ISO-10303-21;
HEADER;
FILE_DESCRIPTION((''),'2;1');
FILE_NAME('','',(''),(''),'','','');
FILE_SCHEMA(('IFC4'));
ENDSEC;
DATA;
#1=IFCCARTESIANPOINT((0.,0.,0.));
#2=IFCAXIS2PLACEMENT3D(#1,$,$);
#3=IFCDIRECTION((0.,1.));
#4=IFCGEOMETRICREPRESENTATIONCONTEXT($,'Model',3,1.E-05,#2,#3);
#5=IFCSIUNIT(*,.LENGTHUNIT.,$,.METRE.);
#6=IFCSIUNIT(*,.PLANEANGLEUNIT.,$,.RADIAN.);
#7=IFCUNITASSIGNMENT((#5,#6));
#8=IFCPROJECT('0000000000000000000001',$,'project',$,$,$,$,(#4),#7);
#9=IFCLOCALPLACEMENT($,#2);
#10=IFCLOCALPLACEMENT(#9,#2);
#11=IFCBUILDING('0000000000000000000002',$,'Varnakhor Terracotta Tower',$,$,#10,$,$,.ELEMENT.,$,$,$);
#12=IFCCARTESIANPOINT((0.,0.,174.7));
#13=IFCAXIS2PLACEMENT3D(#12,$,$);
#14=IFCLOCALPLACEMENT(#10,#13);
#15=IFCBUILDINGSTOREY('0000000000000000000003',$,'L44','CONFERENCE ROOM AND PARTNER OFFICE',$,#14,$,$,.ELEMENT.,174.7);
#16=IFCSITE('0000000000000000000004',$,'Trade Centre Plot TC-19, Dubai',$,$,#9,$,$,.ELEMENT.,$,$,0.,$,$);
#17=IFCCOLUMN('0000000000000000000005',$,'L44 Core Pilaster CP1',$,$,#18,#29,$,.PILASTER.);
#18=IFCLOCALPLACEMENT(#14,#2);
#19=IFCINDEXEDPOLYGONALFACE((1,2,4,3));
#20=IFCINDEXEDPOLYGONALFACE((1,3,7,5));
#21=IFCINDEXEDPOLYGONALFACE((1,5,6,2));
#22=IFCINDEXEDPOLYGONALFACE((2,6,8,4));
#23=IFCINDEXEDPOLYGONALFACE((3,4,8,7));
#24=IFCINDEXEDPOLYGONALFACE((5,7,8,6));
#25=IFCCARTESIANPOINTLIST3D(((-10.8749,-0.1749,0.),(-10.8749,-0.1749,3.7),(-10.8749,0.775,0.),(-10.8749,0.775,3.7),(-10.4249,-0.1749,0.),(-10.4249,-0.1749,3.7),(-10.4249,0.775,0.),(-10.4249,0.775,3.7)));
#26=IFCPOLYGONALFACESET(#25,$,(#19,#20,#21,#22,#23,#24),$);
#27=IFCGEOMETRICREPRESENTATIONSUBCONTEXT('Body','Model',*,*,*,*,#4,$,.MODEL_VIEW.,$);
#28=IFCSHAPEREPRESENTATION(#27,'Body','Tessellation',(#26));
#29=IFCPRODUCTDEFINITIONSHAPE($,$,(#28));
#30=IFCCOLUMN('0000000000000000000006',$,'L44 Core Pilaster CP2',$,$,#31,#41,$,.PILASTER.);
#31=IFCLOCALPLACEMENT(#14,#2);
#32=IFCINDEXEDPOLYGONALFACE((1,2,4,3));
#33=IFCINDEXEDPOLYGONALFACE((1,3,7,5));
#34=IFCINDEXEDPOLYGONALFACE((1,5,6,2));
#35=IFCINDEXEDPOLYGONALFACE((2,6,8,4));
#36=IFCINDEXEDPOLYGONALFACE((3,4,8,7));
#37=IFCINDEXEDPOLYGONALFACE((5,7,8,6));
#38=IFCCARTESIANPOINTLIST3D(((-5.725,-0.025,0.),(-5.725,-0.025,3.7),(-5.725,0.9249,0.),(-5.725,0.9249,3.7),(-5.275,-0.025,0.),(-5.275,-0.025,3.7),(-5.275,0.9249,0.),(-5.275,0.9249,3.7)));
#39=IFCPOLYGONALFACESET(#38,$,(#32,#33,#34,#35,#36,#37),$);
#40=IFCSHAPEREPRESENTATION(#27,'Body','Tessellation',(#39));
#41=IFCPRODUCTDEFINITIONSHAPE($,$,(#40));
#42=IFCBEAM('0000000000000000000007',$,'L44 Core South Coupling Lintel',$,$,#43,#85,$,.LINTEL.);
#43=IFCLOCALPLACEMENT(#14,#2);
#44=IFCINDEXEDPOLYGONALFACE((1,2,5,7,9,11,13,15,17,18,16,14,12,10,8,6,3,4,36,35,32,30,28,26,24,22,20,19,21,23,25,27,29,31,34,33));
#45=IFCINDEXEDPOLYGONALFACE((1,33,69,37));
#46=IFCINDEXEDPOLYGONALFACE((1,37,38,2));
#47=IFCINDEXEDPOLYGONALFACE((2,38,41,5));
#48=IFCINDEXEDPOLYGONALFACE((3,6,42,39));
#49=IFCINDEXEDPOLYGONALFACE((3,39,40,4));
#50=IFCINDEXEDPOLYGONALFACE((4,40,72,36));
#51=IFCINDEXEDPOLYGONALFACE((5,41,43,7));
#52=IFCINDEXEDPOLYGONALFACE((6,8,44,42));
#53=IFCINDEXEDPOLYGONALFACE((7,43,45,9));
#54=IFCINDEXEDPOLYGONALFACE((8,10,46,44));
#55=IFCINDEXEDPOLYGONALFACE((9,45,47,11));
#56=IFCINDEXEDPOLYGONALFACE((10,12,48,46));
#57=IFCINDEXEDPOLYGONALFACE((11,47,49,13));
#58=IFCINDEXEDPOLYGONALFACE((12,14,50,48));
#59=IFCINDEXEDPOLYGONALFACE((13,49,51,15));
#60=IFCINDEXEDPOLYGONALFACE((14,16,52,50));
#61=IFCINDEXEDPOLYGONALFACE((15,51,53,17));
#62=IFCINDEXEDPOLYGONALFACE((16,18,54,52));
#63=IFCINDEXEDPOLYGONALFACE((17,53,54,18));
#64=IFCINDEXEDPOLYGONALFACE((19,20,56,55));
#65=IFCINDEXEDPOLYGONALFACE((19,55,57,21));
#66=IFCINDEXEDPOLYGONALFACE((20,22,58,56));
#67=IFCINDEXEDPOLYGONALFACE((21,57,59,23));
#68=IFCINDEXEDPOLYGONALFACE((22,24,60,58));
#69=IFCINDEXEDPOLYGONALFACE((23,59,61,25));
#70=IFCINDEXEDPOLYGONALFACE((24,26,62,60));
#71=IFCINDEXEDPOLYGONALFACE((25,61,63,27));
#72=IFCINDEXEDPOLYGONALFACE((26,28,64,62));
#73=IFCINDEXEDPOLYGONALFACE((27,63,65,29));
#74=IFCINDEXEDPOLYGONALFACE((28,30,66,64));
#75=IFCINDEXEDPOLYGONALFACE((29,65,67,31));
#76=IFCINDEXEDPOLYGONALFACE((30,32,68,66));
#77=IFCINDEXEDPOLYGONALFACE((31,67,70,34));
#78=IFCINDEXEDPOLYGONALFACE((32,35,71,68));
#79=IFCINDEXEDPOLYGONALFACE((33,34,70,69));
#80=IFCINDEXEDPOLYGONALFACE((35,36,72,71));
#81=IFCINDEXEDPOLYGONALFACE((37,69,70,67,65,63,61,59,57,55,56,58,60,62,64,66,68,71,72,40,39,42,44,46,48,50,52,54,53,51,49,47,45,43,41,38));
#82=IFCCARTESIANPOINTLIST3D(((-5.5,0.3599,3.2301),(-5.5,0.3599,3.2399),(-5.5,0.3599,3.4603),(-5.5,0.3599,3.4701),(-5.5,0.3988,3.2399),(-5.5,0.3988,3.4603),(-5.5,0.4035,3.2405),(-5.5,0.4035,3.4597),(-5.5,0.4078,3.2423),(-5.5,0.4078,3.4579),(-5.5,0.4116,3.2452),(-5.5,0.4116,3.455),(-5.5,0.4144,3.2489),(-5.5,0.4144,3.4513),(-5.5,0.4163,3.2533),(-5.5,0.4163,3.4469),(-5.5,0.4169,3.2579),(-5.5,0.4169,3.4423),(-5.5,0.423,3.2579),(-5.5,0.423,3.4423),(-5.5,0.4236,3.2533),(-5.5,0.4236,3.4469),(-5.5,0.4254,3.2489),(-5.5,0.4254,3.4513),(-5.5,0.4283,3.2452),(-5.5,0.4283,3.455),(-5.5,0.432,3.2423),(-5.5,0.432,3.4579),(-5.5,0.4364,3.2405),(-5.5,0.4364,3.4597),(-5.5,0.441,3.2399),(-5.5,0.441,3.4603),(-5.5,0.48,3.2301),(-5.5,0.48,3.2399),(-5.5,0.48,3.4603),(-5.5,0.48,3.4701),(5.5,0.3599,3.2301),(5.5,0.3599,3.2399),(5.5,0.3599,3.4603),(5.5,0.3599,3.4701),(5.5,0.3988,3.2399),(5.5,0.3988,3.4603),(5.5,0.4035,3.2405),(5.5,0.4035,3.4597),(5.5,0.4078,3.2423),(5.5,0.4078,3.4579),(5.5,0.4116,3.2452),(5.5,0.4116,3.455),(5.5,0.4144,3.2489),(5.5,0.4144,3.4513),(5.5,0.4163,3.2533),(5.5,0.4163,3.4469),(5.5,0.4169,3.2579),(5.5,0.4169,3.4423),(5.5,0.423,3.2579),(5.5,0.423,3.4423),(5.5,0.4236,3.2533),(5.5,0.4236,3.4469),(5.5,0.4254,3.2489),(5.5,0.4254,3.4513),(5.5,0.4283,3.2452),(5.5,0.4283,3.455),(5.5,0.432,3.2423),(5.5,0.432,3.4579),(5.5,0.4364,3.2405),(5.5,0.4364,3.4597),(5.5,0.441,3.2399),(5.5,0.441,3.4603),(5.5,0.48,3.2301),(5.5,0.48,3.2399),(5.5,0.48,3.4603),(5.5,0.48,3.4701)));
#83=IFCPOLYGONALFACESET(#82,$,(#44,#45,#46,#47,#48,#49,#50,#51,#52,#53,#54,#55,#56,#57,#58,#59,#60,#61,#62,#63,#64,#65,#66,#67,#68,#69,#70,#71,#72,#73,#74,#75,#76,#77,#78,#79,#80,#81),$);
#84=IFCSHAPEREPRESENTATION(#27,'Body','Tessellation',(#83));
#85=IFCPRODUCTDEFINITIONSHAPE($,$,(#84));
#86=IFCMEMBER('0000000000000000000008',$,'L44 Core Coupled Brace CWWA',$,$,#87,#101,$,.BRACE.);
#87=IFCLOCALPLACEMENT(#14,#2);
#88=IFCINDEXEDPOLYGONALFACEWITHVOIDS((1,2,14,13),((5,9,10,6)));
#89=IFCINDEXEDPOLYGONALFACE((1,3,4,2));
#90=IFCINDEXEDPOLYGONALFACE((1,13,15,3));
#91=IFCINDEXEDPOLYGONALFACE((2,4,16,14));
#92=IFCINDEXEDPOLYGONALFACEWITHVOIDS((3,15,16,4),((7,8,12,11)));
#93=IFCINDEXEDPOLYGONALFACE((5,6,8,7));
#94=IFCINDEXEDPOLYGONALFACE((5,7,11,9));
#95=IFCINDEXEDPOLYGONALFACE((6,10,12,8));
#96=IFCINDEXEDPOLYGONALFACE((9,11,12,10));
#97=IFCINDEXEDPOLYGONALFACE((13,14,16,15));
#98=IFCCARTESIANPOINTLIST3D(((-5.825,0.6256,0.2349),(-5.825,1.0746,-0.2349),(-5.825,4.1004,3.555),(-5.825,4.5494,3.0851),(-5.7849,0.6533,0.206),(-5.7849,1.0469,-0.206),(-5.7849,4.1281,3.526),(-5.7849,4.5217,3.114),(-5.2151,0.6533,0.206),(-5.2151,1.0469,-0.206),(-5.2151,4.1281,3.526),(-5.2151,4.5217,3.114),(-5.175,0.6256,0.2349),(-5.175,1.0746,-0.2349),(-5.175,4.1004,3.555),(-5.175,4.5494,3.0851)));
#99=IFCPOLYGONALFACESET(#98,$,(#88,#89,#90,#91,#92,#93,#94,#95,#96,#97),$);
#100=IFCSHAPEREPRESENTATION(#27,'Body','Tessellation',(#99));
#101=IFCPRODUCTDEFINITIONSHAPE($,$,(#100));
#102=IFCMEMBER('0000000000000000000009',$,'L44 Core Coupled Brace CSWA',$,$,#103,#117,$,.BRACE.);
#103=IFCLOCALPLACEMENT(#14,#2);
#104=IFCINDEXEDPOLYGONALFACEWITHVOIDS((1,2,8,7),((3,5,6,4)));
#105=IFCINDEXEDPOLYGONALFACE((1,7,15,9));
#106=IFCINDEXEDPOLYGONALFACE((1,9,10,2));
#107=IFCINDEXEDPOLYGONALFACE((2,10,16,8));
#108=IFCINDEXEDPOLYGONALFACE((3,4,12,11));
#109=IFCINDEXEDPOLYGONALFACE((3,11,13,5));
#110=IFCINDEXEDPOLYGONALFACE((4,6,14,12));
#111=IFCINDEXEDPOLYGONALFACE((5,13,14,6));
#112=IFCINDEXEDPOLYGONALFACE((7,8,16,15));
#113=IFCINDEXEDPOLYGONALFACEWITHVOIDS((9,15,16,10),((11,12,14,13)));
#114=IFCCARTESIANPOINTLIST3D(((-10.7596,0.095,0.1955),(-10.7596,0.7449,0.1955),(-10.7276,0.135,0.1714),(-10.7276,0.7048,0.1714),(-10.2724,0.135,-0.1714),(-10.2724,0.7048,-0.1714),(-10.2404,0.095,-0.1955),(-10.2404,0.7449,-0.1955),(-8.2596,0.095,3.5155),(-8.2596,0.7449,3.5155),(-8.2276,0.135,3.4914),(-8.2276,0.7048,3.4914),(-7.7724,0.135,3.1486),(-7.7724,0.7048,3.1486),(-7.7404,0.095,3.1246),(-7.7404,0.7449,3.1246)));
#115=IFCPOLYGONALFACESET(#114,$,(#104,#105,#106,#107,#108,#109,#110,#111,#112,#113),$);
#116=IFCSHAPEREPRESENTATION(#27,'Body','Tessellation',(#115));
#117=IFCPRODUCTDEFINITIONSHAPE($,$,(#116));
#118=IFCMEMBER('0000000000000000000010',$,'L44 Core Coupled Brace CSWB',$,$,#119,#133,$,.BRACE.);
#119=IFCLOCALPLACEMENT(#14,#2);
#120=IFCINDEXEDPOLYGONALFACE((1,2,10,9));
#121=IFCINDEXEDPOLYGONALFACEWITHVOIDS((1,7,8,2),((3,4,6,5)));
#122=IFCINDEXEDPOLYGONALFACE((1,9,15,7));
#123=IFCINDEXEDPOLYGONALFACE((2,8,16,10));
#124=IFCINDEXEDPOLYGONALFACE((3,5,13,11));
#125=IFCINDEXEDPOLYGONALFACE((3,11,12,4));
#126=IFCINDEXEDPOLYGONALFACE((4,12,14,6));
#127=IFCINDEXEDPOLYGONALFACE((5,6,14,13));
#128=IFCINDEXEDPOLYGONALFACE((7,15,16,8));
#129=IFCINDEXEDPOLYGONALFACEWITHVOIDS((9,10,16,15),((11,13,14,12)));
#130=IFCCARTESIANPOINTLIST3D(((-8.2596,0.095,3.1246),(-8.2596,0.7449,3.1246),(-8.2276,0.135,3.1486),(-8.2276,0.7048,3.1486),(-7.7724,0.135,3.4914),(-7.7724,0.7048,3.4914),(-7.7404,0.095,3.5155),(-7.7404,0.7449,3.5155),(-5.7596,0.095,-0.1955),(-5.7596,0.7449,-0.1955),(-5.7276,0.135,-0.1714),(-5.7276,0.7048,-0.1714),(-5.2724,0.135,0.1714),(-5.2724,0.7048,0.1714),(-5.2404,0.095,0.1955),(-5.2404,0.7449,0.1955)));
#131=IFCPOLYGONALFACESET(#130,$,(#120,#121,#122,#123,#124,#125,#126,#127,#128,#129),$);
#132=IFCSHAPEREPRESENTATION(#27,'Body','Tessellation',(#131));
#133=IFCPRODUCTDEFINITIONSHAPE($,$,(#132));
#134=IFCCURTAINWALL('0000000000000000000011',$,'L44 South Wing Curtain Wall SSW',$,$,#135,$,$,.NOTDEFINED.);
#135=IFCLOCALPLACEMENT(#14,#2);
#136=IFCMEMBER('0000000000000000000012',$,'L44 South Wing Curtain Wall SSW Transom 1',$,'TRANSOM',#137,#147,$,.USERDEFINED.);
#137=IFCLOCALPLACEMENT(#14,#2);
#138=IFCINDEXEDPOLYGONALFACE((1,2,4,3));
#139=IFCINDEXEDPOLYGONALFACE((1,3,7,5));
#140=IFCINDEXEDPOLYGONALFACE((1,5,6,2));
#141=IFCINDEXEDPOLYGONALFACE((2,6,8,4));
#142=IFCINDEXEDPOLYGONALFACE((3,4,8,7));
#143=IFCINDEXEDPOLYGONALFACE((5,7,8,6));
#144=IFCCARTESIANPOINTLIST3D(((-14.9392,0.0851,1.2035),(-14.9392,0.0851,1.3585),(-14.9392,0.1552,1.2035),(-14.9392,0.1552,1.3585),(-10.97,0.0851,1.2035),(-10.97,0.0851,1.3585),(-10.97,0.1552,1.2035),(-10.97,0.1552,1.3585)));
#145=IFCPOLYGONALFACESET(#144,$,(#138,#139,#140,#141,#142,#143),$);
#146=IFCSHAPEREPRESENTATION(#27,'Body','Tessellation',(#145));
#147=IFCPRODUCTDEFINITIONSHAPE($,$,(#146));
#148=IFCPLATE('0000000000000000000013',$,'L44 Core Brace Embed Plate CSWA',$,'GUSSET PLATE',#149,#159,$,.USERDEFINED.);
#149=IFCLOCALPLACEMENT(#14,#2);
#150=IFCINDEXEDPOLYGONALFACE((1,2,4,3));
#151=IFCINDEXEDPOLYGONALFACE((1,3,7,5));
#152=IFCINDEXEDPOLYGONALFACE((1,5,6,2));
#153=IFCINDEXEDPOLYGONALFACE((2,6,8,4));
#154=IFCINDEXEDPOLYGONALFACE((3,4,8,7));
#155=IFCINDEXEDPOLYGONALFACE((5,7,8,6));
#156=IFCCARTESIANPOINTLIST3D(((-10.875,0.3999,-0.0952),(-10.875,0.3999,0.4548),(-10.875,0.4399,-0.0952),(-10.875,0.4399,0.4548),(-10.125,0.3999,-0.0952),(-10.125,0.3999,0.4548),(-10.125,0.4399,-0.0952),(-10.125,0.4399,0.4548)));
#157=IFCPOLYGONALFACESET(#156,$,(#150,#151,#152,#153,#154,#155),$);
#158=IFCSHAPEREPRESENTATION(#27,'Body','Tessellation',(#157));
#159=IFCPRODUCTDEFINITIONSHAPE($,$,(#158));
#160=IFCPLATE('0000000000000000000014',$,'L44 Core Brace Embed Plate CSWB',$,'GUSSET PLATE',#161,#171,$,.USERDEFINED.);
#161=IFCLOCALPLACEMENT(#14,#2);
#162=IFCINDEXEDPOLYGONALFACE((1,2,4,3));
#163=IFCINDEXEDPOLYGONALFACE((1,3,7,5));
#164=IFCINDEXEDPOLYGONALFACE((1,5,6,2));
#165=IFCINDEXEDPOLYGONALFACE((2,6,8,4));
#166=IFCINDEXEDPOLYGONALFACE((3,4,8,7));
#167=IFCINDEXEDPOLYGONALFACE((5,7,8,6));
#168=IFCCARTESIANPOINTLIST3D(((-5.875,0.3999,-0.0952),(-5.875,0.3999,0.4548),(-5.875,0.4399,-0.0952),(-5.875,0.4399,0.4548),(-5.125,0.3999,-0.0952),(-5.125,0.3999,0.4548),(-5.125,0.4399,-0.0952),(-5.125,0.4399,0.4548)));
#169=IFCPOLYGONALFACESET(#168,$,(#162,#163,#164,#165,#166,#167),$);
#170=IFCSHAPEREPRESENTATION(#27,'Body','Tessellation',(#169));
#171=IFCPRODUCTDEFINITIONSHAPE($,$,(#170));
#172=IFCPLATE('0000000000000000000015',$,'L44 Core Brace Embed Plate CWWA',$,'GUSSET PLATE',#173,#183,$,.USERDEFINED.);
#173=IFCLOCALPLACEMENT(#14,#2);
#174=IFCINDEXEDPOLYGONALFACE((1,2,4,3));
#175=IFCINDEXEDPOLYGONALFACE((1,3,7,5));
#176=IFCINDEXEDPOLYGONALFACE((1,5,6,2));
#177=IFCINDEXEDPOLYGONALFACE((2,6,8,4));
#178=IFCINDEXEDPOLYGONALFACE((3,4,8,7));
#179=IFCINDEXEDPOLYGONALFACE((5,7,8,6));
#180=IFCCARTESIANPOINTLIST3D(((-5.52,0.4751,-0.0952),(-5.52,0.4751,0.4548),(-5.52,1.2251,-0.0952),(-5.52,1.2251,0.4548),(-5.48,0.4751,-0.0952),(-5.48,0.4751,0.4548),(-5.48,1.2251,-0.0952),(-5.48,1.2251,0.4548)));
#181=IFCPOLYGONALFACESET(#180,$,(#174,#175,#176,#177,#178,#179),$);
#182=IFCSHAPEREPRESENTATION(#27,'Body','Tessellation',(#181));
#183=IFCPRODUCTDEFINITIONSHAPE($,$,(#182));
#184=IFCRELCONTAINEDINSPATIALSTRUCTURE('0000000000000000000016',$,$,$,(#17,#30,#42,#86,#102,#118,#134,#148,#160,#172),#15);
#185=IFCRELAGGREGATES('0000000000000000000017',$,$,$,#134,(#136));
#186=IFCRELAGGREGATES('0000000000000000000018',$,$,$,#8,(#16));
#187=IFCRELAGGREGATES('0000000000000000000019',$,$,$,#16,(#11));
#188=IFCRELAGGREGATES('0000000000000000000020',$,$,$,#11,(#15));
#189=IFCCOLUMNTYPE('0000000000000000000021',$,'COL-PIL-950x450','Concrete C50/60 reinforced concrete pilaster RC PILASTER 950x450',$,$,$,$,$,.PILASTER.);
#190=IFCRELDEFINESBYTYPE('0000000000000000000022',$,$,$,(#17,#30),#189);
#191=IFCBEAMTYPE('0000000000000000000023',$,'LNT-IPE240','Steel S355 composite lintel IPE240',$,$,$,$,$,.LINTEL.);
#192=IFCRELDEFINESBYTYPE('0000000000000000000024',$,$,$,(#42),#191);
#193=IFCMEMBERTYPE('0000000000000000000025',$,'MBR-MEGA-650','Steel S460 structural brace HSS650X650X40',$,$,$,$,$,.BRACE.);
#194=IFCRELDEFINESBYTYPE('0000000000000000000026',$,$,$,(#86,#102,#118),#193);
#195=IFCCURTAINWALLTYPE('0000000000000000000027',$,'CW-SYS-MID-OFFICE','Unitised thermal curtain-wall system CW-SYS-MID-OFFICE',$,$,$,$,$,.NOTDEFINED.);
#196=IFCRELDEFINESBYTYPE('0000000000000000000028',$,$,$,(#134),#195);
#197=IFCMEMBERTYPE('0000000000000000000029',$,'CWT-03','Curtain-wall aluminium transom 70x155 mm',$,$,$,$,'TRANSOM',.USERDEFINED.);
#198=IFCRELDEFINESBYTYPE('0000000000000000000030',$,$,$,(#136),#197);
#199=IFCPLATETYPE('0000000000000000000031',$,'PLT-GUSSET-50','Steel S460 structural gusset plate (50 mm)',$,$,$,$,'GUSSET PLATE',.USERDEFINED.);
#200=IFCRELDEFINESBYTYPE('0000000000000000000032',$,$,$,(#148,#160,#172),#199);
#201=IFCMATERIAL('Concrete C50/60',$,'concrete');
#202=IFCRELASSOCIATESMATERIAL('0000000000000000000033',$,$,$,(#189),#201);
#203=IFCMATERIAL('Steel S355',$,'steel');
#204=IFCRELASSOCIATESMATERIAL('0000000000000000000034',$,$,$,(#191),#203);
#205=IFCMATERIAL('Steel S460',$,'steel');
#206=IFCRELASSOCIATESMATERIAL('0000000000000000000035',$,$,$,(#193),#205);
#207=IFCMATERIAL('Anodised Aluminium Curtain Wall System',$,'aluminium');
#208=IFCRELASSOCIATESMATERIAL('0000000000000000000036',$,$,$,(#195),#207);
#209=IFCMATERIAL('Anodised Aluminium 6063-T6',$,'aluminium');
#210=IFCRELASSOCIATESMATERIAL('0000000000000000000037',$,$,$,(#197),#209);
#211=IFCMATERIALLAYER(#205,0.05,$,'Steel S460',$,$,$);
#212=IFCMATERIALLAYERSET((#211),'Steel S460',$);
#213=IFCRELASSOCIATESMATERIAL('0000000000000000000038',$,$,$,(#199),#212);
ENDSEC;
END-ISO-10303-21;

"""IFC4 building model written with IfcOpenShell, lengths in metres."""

from ifc_helpers import new_model, si_unit, direction, frame, origin, origin_2d, place, context, subcontext, project, spatial, rectangle, hollow_rectangle, i_section, extrude, source, transform, mapped, material, layer, layer_set, material_profile, profile_set, type_object, type_shapes, element, aggregate, save


model = new_model("IFC4")

# Units and contexts
model_context = context("Model", 3, precision=1e-05, world=origin(), true_north=direction((0.0, 1.0)))
body_context = subcontext(model_context, "Body", "Model", "MODEL_VIEW")
ifc_project = project(units=[si_unit("LENGTHUNIT", "METRE"), si_unit("PLANEANGLEUNIT", "RADIAN")], contexts=[model_context])

# Site, building, storey
site_placement = place(None, origin())
site = spatial("IfcSite", under=ifc_project, at=site_placement, Name="Trade Centre Plot TC-19, Dubai", CompositionType="ELEMENT", RefElevation=0.0)
building_placement = place(site_placement, origin())
building = spatial("IfcBuilding", under=site, at=building_placement, Name="Varnakhor Terracotta Tower", CompositionType="ELEMENT")
storey_placement = place(building_placement, frame((0.0, 0.0, 174.7)))
storey = spatial("IfcBuildingStorey", under=building, at=storey_placement, Name="L44", Description="CONFERENCE ROOM AND PARTNER OFFICE", CompositionType="ELEMENT", Elevation=174.7)

# Columns
ifc_material_1 = material(Name="Concrete C50/60", Category="concrete")
ifc_material_profile_1 = material_profile(ifc_material_1, rectangle(XDim=0.45, YDim=0.95, at=origin_2d()), Name="RC PILASTER 950x450")
ifc_profile_set_1 = profile_set([ifc_material_profile_1], Name="Concrete C50/60")
column_type = type_object("IfcColumnType", Name="COL-PIL-950x450", Description="Concrete C50/60 reinforced concrete pilaster RC PILASTER 950x450", PredefinedType="PILASTER", material=ifc_profile_set_1)
shared_shape_1 = source(origin(), body_context, "Body", "SweptSolid", [
    extrude(rectangle(XDim=0.45, YDim=0.95, at=origin_2d()), origin(), (0.0, 0.0, 1.0), 3.7),
])
for number, where, z_axis, x_axis, name in (
    (1, (-10.6499, 0.3, 0.0), (0.0, 0.0, 1.0), (1.0, 0.0, 0.0), "L44 Core Pilaster CP1"),
    (2, (-5.5, 0.45, 0.0), (0.0, 0.0, 1.0), (1.0, 0.0, 0.0), "L44 Core Pilaster CP2"),
):
    element("IfcColumn", number, at=place(storey_placement, frame(where, z_axis=z_axis, x_axis=x_axis)), inside=storey, type_object=column_type, Name=name, PredefinedType="PILASTER", context=body_context, shape_type="MappedRepresentation", body=[
        mapped(shared_shape_1, transform((0.0, 0.0, 0.0), scale=1.0)),
    ])

# Beam
ifc_material_2 = material(Name="Steel S355", Category="steel")
ifc_material_profile_2 = material_profile(ifc_material_2, i_section(OverallWidth=0.1201, OverallDepth=0.24, WebThickness=0.0061, FlangeThickness=0.0098, FilletRadius=0.0181, at=origin_2d()), Name="IPE240")
ifc_profile_set_2 = profile_set([ifc_material_profile_2], Name="Steel S355")
beam_type = type_object("IfcBeamType", Name="LNT-IPE240", Description="Steel S355 composite lintel IPE240", PredefinedType="LINTEL", material=ifc_profile_set_2)
shared_shape_2 = source(origin(), body_context, "Body", "SweptSolid", [
    extrude(i_section(OverallWidth=0.1201, OverallDepth=0.24, WebThickness=0.0061, FlangeThickness=0.0098, FilletRadius=0.0181, at=origin_2d()), origin(), (0.0, 0.0, 1.0), 11.0),
])
type_shapes(beam_type, [shared_shape_2])
beam_placement = place(storey_placement, frame((-5.5, 0.4199, 3.3501), z_axis=(1.0, 0.0, 0.0), x_axis=(0.0, 1.0, 0.0)))
element("IfcBeam", 3, at=beam_placement, inside=storey, type_object=beam_type, Name="L44 Core South Coupling Lintel", PredefinedType="LINTEL", context=body_context, shape_type="MappedRepresentation", body=[
    mapped(shared_shape_2, transform((0.0, 0.0, 0.0), scale=1.0)),
])

# Members
ifc_material_3 = material(Name="Steel S460", Category="steel")
ifc_material_profile_3 = material_profile(ifc_material_3, hollow_rectangle(XDim=0.6499, YDim=0.6499, WallThickness=0.04, at=origin_2d()), Name="HSS650X650X40")
ifc_profile_set_3 = profile_set([ifc_material_profile_3], Name="Steel S460")
member_type_1 = type_object("IfcMemberType", Name="MBR-MEGA-650", Description="Steel S460 structural brace HSS650X650X40", PredefinedType="BRACE", material=ifc_profile_set_3)
shared_shape_3 = source(origin(), body_context, "Body", "SweptSolid", [
    extrude(hollow_rectangle(XDim=0.6499, YDim=0.6499, WallThickness=0.04, at=origin_2d()), origin(), (0.0, 0.0, 1.0), 4.8059),
])
member_1_placement = place(storey_placement, frame((-5.5, 0.8501, 0.0), z_axis=(0.0, 0.723027, 0.69082), x_axis=(-1.0, 0.0, 0.0)))
element("IfcMember", 4, at=member_1_placement, inside=storey, type_object=member_type_1, Name="L44 Core Coupled Brace CWWA", PredefinedType="BRACE", context=body_context, shape_type="MappedRepresentation", body=[
    mapped(shared_shape_3, transform((0.0, 0.0, 0.0), scale=1.0)),
])
shared_shape_4 = source(origin(), body_context, "Body", "SweptSolid", [
    extrude(hollow_rectangle(XDim=0.6499, YDim=0.6499, WallThickness=0.04, at=origin_2d()), origin(), (0.0, 0.0, 1.0), 4.156),
])
for number, where, z_axis, x_axis, name in (
    (5, (-10.5, 0.4199, 0.0), (0.601531, 0.0, 0.79885), (0.0, 1.0, 0.0), "L44 Core Coupled Brace CSWA"),
    (6, (-5.5, 0.4199, 0.0), (-0.601531, 0.0, 0.79885), (0.0, -1.0, 0.0), "L44 Core Coupled Brace CSWB"),
):
    element("IfcMember", number, at=place(storey_placement, frame(where, z_axis=z_axis, x_axis=x_axis)), inside=storey, type_object=member_type_1, Name=name, PredefinedType="BRACE", context=body_context, shape_type="MappedRepresentation", body=[
        mapped(shared_shape_4, transform((0.0, 0.0, 0.0), scale=1.0)),
    ])

# Curtain wall, member
ifc_material_4 = material(Name="Anodised Aluminium Curtain Wall System", Category="aluminium")
curtain_wall_type = type_object("IfcCurtainWallType", Name="CW-SYS-MID-OFFICE", Description="Unitised thermal curtain-wall system CW-SYS-MID-OFFICE", PredefinedType="NOTDEFINED", material=ifc_material_4)
curtain_wall_placement = place(storey_placement, origin())
curtain_wall = element("IfcCurtainWall", 7, at=curtain_wall_placement, inside=storey, type_object=curtain_wall_type, Name="L44 South Wing Curtain Wall SSW", PredefinedType="NOTDEFINED")
ifc_material_5 = material(Name="Anodised Aluminium 6063-T6", Category="aluminium")
ifc_material_profile_4 = material_profile(ifc_material_5, rectangle(XDim=0.0701, YDim=0.155, at=origin_2d()), Name="ALU TRANSOM 70x155")
ifc_profile_set_4 = profile_set([ifc_material_profile_4], Name="Anodised Aluminium 6063-T6")
member_type_2 = type_object("IfcMemberType", Name="CWT-03", Description="Curtain-wall aluminium transom 70x155 mm", ElementType="TRANSOM", PredefinedType="USERDEFINED", material=ifc_profile_set_4)
shared_shape_5 = source(origin(), body_context, "Body", "SweptSolid", [
    extrude(rectangle(XDim=0.0701, YDim=0.155, at=origin_2d()), origin(), (0.0, 0.0, 1.0), 3.9692),
])
member_2_placement = place(storey_placement, frame((-10.97, 0.1201, 1.281), z_axis=(-1.0, 0.0, 0.0), x_axis=(0.0, -1.0, 0.0)))
member_2 = element("IfcMember", 8, at=member_2_placement, type_object=member_type_2, Name="L44 South Wing Curtain Wall SSW Transom 1", ObjectType="TRANSOM", PredefinedType="USERDEFINED", context=body_context, shape_type="MappedRepresentation", body=[
    mapped(shared_shape_5, transform((0.0, 0.0, 0.0), scale=1.0)),
])
aggregate(curtain_wall, [member_2])

# Plates
ifc_layer_1 = layer(ifc_material_3, 0.05, Name="Steel S460")
ifc_layer_set_1 = layer_set([ifc_layer_1], Name="Steel S460")
plate_type = type_object("IfcPlateType", Name="PLT-GUSSET-50", Description="Steel S460 structural gusset plate (50 mm)", ElementType="GUSSET PLATE", PredefinedType="USERDEFINED", material=ifc_layer_set_1)
shared_shape_6 = source(origin(), body_context, "Body", "SweptSolid", [
    extrude(rectangle(XDim=0.75, YDim=0.04, at=origin_2d()), origin(), (0.0, 0.0, 1.0), 0.55),
])
type_shapes(plate_type, [shared_shape_6])
for number, where, z_axis, x_axis, name in (
    (9, (-10.5, 0.4199, -0.0952), (0.0, 0.0, 1.0), (1.0, 0.0, 0.0), "L44 Core Brace Embed Plate CSWA"),
    (10, (-5.5, 0.4199, -0.0952), (0.0, 0.0, 1.0), (1.0, 0.0, 0.0), "L44 Core Brace Embed Plate CSWB"),
    (11, (-5.5, 0.8501, -0.0952), (0.0, 0.0, 1.0), (0.0, 1.0, 0.0), "L44 Core Brace Embed Plate CWWA"),
):
    element("IfcPlate", number, at=place(storey_placement, frame(where, z_axis=z_axis, x_axis=x_axis)), inside=storey, type_object=plate_type, Name=name, ObjectType="GUSSET PLATE", PredefinedType="USERDEFINED", context=body_context, shape_type="MappedRepresentation", body=[
        mapped(shared_shape_6, transform((0.0, 0.0, 0.0), scale=1.0)),
    ])

save(model, "model.ifc")
